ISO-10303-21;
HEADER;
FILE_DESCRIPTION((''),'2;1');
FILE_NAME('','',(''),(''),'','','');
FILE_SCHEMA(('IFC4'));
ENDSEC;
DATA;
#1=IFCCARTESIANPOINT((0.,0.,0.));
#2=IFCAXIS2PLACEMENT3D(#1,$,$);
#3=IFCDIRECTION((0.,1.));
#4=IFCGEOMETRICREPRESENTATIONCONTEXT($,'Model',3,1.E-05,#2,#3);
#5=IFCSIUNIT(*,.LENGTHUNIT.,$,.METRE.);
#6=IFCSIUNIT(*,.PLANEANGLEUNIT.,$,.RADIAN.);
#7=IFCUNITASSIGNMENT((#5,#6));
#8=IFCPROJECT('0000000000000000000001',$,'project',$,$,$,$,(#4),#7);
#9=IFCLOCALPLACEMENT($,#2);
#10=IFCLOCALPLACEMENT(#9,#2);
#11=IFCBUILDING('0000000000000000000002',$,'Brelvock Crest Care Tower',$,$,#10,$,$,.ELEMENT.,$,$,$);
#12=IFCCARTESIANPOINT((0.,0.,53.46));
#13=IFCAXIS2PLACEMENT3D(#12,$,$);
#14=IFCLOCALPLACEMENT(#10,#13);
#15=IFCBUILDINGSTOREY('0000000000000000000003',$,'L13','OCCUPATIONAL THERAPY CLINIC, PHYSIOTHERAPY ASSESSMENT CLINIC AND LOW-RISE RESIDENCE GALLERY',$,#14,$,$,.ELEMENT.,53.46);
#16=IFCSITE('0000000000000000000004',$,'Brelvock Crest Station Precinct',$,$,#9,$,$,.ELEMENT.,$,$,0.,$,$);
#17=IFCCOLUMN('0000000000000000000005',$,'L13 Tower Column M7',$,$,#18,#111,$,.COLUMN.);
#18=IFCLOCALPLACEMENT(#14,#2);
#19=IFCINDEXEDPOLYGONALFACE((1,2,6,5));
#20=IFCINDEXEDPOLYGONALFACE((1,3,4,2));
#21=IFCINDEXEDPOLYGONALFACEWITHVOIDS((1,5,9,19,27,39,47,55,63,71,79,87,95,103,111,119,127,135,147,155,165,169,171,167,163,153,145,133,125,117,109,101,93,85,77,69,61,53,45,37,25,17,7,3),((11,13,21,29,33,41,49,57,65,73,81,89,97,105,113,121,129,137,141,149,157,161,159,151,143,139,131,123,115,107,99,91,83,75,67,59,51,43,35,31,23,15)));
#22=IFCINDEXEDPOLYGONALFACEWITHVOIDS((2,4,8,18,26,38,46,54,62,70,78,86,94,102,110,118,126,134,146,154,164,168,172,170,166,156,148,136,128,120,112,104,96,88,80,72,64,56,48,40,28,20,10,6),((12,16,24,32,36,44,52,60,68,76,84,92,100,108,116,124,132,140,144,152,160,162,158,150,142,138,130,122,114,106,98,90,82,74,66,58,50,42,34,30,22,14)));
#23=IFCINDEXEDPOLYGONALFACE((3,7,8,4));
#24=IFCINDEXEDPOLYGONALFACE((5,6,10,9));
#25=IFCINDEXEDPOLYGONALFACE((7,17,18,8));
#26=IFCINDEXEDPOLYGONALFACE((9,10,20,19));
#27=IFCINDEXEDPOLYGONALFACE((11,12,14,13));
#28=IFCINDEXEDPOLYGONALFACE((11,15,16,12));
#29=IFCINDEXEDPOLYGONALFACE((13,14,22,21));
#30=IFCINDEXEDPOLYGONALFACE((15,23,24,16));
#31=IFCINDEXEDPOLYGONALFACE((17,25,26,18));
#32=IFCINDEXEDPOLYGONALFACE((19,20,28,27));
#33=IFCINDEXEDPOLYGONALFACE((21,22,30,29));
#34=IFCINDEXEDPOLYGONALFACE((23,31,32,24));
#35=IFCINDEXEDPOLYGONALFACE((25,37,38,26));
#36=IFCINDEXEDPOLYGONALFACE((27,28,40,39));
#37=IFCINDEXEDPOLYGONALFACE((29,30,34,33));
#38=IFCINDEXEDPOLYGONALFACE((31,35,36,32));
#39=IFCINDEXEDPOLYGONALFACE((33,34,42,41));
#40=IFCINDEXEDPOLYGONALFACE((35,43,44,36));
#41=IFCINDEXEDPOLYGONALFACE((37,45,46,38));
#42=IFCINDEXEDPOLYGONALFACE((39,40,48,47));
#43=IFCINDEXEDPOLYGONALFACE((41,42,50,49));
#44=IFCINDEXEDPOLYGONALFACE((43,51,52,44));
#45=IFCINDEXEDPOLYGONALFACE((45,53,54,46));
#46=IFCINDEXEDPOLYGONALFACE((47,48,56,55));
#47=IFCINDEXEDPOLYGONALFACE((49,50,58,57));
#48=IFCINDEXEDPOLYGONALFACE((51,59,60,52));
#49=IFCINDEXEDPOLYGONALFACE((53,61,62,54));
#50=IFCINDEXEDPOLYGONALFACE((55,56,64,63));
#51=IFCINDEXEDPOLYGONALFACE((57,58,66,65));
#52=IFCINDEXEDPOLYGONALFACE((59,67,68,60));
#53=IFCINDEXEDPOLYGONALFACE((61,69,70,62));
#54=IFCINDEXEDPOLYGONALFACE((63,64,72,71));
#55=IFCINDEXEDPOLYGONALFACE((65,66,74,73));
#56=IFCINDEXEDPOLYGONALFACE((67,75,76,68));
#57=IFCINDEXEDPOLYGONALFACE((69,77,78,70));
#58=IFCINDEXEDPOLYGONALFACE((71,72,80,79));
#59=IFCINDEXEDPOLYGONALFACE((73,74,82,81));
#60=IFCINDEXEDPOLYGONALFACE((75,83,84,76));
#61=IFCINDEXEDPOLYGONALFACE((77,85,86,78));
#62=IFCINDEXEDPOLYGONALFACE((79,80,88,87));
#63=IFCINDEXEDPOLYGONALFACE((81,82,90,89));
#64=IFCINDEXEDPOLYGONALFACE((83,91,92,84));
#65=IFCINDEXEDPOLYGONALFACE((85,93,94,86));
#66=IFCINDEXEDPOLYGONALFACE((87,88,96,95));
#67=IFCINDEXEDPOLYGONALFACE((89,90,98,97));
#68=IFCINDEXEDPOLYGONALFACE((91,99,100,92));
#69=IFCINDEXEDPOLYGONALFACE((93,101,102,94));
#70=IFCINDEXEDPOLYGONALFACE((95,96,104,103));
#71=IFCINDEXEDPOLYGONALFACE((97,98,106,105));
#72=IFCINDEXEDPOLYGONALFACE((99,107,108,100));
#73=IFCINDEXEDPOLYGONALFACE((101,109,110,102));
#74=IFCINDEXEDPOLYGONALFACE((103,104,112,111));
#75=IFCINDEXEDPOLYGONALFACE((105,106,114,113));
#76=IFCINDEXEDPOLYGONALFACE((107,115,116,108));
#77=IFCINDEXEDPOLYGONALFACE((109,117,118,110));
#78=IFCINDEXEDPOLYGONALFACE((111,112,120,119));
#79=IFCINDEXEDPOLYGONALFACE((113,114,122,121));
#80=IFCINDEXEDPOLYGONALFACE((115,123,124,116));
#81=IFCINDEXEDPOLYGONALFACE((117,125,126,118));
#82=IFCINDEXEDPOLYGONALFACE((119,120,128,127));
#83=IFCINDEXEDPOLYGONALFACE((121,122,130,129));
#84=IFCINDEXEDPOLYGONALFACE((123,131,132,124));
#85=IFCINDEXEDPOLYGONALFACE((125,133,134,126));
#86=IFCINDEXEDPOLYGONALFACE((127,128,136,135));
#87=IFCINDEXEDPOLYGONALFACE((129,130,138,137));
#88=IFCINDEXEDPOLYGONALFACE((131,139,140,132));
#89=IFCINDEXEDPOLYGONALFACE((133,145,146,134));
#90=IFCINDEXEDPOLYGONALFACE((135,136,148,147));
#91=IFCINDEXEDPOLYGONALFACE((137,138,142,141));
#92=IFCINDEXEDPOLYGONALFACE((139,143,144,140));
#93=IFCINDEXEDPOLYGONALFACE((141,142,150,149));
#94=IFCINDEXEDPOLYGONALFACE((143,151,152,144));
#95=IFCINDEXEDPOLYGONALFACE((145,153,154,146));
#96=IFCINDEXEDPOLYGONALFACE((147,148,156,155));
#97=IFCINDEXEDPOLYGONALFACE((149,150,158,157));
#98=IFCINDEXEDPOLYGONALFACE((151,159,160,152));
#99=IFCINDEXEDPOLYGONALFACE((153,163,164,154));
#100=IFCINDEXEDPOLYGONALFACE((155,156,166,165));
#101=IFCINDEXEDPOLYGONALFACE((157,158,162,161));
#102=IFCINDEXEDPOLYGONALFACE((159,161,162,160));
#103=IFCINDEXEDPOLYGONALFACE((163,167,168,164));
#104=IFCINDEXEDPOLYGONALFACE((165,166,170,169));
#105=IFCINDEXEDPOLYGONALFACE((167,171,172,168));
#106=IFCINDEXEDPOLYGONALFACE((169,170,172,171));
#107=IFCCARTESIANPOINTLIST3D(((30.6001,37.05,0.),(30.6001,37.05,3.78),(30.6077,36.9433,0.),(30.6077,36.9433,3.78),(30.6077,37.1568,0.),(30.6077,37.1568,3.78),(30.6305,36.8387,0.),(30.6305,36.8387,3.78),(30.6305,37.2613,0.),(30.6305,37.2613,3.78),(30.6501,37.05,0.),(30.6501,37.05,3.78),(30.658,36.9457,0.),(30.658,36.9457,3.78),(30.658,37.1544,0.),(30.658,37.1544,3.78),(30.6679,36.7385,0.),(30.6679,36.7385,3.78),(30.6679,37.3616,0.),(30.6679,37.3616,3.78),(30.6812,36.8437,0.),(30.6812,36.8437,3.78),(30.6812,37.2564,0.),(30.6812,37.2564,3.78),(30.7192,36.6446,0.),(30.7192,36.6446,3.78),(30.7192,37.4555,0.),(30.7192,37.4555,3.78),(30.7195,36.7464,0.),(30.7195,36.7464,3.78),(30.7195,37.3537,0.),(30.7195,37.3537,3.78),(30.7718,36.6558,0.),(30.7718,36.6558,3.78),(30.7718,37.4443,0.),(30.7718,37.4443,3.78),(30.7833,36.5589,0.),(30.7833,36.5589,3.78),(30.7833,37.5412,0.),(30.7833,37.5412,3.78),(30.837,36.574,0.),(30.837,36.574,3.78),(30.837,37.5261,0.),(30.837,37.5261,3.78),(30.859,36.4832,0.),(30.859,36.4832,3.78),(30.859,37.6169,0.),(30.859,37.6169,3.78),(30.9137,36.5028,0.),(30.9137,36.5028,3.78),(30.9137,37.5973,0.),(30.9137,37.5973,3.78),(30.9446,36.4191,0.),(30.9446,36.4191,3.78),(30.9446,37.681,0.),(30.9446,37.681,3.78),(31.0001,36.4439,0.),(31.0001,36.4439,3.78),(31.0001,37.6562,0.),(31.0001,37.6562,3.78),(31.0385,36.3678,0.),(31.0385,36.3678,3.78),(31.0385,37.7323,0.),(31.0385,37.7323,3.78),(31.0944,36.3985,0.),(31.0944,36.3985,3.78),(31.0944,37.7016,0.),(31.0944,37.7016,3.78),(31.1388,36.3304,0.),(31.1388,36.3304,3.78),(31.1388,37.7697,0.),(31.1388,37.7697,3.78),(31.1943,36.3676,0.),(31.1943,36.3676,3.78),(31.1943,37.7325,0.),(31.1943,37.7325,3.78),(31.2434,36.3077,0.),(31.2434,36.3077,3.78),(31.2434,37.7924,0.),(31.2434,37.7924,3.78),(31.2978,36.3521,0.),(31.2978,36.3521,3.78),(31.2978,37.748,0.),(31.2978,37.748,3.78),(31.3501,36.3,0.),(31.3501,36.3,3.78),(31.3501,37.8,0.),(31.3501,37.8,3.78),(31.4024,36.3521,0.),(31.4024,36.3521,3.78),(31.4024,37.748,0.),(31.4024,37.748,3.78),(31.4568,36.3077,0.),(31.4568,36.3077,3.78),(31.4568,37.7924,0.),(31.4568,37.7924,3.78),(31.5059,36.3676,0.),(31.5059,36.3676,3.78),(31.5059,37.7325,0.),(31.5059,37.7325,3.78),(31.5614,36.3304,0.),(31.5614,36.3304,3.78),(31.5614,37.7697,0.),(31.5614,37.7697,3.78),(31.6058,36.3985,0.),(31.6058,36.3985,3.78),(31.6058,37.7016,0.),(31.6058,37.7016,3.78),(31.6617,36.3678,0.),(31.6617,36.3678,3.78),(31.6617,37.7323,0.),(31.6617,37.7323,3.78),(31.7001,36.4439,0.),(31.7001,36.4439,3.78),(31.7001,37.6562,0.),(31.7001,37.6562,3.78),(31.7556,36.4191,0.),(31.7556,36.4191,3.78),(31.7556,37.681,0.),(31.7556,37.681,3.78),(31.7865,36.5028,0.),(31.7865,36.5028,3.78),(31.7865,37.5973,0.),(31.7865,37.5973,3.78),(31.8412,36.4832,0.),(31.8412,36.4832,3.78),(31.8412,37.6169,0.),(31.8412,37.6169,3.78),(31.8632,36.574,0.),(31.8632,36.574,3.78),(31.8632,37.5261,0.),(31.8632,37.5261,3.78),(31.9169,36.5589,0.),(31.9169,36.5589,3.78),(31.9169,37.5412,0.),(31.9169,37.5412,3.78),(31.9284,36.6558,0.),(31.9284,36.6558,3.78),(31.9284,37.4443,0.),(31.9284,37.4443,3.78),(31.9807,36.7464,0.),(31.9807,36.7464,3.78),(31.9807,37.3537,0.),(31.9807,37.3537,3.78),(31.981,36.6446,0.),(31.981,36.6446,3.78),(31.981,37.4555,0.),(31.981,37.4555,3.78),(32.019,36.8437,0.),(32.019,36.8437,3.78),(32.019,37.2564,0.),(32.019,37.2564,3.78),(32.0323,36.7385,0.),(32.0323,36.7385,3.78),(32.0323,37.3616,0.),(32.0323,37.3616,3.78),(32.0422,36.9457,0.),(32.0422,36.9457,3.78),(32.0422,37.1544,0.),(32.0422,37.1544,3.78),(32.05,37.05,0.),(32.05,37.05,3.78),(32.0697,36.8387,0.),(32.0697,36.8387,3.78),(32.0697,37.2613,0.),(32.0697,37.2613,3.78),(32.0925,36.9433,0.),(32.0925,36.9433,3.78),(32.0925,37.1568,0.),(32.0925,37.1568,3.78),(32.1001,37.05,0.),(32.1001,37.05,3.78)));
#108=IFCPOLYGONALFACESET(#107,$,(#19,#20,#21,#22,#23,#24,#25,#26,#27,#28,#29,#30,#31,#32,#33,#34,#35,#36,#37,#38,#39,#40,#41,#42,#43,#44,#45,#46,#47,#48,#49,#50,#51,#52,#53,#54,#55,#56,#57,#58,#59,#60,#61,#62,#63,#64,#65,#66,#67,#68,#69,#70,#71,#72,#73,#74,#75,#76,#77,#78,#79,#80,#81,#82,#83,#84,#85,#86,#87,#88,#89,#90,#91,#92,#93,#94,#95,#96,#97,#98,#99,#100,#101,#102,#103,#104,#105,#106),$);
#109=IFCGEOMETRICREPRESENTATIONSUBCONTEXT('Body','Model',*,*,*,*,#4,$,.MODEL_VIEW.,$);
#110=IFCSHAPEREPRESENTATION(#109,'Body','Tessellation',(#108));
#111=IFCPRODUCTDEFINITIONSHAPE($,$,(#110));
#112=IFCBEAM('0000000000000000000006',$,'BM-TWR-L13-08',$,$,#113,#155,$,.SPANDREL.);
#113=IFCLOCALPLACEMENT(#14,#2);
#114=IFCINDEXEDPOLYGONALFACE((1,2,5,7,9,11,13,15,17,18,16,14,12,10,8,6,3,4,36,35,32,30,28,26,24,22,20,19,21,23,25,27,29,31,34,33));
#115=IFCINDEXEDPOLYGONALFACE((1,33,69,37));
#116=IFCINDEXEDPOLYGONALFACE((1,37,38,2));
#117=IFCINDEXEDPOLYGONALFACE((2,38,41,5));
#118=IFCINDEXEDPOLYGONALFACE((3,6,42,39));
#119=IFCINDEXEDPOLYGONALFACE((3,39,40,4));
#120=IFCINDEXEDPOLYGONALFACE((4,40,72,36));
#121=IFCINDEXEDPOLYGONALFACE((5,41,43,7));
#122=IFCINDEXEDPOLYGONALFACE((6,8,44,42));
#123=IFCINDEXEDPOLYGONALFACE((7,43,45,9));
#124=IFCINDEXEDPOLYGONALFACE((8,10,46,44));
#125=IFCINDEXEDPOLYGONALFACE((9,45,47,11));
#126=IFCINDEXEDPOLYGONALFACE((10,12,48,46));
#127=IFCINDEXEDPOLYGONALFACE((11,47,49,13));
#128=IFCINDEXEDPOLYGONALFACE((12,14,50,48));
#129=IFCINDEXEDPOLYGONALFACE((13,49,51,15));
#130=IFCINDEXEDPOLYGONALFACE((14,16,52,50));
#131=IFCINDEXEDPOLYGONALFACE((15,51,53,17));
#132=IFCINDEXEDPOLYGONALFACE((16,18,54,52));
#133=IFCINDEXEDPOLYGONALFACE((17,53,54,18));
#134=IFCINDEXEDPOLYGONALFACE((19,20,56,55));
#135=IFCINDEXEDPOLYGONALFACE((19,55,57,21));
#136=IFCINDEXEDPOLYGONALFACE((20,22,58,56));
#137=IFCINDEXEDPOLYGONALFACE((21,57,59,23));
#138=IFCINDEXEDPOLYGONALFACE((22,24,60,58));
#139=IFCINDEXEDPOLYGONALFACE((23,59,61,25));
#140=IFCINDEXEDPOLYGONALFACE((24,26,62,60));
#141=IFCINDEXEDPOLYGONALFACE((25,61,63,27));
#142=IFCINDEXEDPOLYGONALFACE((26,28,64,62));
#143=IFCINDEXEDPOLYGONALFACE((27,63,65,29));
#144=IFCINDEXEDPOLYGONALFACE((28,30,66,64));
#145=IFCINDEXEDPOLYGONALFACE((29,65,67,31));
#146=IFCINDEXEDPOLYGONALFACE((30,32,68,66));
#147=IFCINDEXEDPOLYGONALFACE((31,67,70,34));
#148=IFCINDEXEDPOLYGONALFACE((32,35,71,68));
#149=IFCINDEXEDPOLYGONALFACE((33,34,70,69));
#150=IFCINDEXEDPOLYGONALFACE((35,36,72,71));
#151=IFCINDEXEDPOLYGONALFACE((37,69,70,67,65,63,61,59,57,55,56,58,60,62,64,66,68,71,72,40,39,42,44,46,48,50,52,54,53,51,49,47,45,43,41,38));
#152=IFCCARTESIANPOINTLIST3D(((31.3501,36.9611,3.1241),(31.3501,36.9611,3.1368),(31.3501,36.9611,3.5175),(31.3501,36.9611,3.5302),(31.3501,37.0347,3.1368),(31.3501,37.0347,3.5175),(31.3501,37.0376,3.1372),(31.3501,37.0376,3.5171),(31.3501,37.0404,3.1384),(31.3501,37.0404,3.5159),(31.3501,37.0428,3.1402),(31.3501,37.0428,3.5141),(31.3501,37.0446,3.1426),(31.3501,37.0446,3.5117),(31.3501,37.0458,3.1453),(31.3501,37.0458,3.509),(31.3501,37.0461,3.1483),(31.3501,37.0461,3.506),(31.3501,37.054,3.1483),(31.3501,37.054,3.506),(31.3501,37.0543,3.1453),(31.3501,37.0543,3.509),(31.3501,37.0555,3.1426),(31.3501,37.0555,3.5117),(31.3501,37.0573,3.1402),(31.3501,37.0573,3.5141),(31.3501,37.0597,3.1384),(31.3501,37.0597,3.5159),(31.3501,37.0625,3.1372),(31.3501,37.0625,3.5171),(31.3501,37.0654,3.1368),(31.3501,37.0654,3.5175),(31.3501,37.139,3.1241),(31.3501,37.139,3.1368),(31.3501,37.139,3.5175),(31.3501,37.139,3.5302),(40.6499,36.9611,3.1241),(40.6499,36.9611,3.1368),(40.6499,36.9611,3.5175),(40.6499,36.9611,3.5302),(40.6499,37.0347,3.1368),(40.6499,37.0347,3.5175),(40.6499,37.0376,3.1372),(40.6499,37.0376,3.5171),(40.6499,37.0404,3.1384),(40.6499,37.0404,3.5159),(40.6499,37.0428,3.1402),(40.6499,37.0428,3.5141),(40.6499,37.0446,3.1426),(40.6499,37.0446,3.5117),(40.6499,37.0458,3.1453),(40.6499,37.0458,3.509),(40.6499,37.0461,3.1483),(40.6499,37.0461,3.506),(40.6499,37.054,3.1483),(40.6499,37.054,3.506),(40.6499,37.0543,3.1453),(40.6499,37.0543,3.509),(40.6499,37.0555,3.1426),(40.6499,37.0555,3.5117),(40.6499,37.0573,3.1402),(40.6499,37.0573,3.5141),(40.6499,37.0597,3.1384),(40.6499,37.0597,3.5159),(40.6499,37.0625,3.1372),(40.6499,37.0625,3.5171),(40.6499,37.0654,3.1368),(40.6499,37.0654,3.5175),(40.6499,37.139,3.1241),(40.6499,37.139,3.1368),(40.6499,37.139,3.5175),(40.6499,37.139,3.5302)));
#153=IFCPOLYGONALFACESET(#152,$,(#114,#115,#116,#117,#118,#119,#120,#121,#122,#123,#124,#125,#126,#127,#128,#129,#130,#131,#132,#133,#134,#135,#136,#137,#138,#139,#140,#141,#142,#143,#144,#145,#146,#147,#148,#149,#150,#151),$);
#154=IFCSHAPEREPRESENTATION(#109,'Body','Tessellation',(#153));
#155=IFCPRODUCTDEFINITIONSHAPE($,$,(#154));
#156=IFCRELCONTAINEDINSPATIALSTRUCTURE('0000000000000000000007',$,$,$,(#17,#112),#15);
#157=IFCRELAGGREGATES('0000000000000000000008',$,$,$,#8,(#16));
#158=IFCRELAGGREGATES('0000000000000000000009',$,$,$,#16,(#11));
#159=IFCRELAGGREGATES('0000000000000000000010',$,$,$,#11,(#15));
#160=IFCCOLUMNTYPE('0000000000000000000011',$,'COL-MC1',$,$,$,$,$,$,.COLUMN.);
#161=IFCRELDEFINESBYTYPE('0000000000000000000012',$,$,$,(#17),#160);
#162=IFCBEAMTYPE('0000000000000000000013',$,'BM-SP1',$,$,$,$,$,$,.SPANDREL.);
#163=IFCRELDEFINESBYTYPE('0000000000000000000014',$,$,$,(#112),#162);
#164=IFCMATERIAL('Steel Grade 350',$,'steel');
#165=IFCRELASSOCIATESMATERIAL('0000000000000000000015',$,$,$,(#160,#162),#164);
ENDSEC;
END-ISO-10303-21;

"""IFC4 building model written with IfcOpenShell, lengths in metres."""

from ifc_helpers import new_model, si_unit, direction, frame, origin, origin_2d, place, context, subcontext, project, spatial, hollow_circle, i_section, extrude, source, transform, mapped, material, material_profile, profile_set, type_object, element, save


model = new_model("IFC4")

# Units and contexts
model_context = context("Model", 3, precision=1e-05, world=origin(), true_north=direction((0.0, 1.0)))
body_context = subcontext(model_context, "Body", "Model", "MODEL_VIEW")
ifc_project = project(units=[si_unit("LENGTHUNIT", "METRE"), si_unit("PLANEANGLEUNIT", "RADIAN")], contexts=[model_context])

# Site, building, storey
site_placement = place(None, origin())
site = spatial("IfcSite", under=ifc_project, at=site_placement, Name="Brelvock Crest Station Precinct", CompositionType="ELEMENT", RefElevation=0.0)
building_placement = place(site_placement, origin())
building = spatial("IfcBuilding", under=site, at=building_placement, Name="Brelvock Crest Care Tower", CompositionType="ELEMENT")
storey_placement = place(building_placement, frame((0.0, 0.0, 53.46)))
storey = spatial("IfcBuildingStorey", under=building, at=storey_placement, Name="L13", Description="OCCUPATIONAL THERAPY CLINIC, PHYSIOTHERAPY ASSESSMENT CLINIC AND LOW-RISE RESIDENCE GALLERY", CompositionType="ELEMENT", Elevation=53.46)

# Column
ifc_material_1 = material(Name="Steel Grade 350", Category="steel")
ifc_material_profile_1 = material_profile(ifc_material_1, hollow_circle(Radius=0.75, WallThickness=0.05, at=origin_2d()), Name="CFT1500x50")
ifc_profile_set_1 = profile_set([ifc_material_profile_1], Name="Steel Grade 350")
column_type = type_object("IfcColumnType", Name="COL-MC1", PredefinedType="COLUMN", material=ifc_profile_set_1)
shared_shape_1 = source(origin(), body_context, "Body", "SweptSolid", [
    extrude(hollow_circle(Radius=0.75, WallThickness=0.05, at=origin_2d()), origin(), (0.0, 0.0, 1.0), 3.78),
])
column_placement = place(storey_placement, frame((31.3501, 37.05, 0.0), z_axis=(0.0, 0.0, 1.0), x_axis=(1.0, 0.0, 0.0)))
element("IfcColumn", 1, at=column_placement, inside=storey, type_object=column_type, Name="L13 Tower Column M7", PredefinedType="COLUMN", context=body_context, shape_type="MappedRepresentation", body=[
    mapped(shared_shape_1, transform((0.0, 0.0, 0.0), x_axis=(1.0, 0.0, 0.0), y_axis=(0.0, 1.0, 0.0), z_axis=(0.0, 0.0, 1.0), scale=1.0)),
])

# Beam
ifc_material_profile_2 = material_profile(ifc_material_1, i_section(OverallWidth=0.178, OverallDepth=0.406, WebThickness=0.0078, FlangeThickness=0.0127, FilletRadius=0.0115, at=origin_2d()), Name="410UB59.7")
ifc_profile_set_2 = profile_set([ifc_material_profile_2], Name="Steel Grade 350")
beam_type_1 = type_object("IfcBeamType", Name="BM-SP1", PredefinedType="SPANDREL", material=ifc_profile_set_2)
shared_shape_2 = source(origin(), body_context, "Body", "SweptSolid", [
    extrude(i_section(OverallWidth=0.178, OverallDepth=0.406, WebThickness=0.0078, FlangeThickness=0.0127, FilletRadius=0.0115, at=origin_2d()), origin(), (0.0, 0.0, 1.0), 9.2998),
])
beam_1_placement = place(storey_placement, frame((31.3501, 37.05, 3.3271), z_axis=(1.0, 0.0, 0.0), x_axis=(0.0, 1.0, 0.0)))
element("IfcBeam", 2, at=beam_1_placement, inside=storey, type_object=beam_type_1, Name="BM-TWR-L13-08", PredefinedType="SPANDREL", context=body_context, shape_type="MappedRepresentation", body=[
    mapped(shared_shape_2, transform((0.0, 0.0, 0.0), x_axis=(1.0, 0.0, 0.0), y_axis=(0.0, 1.0, 0.0), z_axis=(0.0, 0.0, 1.0), scale=1.0)),
])

save(model, "model.ifc")
